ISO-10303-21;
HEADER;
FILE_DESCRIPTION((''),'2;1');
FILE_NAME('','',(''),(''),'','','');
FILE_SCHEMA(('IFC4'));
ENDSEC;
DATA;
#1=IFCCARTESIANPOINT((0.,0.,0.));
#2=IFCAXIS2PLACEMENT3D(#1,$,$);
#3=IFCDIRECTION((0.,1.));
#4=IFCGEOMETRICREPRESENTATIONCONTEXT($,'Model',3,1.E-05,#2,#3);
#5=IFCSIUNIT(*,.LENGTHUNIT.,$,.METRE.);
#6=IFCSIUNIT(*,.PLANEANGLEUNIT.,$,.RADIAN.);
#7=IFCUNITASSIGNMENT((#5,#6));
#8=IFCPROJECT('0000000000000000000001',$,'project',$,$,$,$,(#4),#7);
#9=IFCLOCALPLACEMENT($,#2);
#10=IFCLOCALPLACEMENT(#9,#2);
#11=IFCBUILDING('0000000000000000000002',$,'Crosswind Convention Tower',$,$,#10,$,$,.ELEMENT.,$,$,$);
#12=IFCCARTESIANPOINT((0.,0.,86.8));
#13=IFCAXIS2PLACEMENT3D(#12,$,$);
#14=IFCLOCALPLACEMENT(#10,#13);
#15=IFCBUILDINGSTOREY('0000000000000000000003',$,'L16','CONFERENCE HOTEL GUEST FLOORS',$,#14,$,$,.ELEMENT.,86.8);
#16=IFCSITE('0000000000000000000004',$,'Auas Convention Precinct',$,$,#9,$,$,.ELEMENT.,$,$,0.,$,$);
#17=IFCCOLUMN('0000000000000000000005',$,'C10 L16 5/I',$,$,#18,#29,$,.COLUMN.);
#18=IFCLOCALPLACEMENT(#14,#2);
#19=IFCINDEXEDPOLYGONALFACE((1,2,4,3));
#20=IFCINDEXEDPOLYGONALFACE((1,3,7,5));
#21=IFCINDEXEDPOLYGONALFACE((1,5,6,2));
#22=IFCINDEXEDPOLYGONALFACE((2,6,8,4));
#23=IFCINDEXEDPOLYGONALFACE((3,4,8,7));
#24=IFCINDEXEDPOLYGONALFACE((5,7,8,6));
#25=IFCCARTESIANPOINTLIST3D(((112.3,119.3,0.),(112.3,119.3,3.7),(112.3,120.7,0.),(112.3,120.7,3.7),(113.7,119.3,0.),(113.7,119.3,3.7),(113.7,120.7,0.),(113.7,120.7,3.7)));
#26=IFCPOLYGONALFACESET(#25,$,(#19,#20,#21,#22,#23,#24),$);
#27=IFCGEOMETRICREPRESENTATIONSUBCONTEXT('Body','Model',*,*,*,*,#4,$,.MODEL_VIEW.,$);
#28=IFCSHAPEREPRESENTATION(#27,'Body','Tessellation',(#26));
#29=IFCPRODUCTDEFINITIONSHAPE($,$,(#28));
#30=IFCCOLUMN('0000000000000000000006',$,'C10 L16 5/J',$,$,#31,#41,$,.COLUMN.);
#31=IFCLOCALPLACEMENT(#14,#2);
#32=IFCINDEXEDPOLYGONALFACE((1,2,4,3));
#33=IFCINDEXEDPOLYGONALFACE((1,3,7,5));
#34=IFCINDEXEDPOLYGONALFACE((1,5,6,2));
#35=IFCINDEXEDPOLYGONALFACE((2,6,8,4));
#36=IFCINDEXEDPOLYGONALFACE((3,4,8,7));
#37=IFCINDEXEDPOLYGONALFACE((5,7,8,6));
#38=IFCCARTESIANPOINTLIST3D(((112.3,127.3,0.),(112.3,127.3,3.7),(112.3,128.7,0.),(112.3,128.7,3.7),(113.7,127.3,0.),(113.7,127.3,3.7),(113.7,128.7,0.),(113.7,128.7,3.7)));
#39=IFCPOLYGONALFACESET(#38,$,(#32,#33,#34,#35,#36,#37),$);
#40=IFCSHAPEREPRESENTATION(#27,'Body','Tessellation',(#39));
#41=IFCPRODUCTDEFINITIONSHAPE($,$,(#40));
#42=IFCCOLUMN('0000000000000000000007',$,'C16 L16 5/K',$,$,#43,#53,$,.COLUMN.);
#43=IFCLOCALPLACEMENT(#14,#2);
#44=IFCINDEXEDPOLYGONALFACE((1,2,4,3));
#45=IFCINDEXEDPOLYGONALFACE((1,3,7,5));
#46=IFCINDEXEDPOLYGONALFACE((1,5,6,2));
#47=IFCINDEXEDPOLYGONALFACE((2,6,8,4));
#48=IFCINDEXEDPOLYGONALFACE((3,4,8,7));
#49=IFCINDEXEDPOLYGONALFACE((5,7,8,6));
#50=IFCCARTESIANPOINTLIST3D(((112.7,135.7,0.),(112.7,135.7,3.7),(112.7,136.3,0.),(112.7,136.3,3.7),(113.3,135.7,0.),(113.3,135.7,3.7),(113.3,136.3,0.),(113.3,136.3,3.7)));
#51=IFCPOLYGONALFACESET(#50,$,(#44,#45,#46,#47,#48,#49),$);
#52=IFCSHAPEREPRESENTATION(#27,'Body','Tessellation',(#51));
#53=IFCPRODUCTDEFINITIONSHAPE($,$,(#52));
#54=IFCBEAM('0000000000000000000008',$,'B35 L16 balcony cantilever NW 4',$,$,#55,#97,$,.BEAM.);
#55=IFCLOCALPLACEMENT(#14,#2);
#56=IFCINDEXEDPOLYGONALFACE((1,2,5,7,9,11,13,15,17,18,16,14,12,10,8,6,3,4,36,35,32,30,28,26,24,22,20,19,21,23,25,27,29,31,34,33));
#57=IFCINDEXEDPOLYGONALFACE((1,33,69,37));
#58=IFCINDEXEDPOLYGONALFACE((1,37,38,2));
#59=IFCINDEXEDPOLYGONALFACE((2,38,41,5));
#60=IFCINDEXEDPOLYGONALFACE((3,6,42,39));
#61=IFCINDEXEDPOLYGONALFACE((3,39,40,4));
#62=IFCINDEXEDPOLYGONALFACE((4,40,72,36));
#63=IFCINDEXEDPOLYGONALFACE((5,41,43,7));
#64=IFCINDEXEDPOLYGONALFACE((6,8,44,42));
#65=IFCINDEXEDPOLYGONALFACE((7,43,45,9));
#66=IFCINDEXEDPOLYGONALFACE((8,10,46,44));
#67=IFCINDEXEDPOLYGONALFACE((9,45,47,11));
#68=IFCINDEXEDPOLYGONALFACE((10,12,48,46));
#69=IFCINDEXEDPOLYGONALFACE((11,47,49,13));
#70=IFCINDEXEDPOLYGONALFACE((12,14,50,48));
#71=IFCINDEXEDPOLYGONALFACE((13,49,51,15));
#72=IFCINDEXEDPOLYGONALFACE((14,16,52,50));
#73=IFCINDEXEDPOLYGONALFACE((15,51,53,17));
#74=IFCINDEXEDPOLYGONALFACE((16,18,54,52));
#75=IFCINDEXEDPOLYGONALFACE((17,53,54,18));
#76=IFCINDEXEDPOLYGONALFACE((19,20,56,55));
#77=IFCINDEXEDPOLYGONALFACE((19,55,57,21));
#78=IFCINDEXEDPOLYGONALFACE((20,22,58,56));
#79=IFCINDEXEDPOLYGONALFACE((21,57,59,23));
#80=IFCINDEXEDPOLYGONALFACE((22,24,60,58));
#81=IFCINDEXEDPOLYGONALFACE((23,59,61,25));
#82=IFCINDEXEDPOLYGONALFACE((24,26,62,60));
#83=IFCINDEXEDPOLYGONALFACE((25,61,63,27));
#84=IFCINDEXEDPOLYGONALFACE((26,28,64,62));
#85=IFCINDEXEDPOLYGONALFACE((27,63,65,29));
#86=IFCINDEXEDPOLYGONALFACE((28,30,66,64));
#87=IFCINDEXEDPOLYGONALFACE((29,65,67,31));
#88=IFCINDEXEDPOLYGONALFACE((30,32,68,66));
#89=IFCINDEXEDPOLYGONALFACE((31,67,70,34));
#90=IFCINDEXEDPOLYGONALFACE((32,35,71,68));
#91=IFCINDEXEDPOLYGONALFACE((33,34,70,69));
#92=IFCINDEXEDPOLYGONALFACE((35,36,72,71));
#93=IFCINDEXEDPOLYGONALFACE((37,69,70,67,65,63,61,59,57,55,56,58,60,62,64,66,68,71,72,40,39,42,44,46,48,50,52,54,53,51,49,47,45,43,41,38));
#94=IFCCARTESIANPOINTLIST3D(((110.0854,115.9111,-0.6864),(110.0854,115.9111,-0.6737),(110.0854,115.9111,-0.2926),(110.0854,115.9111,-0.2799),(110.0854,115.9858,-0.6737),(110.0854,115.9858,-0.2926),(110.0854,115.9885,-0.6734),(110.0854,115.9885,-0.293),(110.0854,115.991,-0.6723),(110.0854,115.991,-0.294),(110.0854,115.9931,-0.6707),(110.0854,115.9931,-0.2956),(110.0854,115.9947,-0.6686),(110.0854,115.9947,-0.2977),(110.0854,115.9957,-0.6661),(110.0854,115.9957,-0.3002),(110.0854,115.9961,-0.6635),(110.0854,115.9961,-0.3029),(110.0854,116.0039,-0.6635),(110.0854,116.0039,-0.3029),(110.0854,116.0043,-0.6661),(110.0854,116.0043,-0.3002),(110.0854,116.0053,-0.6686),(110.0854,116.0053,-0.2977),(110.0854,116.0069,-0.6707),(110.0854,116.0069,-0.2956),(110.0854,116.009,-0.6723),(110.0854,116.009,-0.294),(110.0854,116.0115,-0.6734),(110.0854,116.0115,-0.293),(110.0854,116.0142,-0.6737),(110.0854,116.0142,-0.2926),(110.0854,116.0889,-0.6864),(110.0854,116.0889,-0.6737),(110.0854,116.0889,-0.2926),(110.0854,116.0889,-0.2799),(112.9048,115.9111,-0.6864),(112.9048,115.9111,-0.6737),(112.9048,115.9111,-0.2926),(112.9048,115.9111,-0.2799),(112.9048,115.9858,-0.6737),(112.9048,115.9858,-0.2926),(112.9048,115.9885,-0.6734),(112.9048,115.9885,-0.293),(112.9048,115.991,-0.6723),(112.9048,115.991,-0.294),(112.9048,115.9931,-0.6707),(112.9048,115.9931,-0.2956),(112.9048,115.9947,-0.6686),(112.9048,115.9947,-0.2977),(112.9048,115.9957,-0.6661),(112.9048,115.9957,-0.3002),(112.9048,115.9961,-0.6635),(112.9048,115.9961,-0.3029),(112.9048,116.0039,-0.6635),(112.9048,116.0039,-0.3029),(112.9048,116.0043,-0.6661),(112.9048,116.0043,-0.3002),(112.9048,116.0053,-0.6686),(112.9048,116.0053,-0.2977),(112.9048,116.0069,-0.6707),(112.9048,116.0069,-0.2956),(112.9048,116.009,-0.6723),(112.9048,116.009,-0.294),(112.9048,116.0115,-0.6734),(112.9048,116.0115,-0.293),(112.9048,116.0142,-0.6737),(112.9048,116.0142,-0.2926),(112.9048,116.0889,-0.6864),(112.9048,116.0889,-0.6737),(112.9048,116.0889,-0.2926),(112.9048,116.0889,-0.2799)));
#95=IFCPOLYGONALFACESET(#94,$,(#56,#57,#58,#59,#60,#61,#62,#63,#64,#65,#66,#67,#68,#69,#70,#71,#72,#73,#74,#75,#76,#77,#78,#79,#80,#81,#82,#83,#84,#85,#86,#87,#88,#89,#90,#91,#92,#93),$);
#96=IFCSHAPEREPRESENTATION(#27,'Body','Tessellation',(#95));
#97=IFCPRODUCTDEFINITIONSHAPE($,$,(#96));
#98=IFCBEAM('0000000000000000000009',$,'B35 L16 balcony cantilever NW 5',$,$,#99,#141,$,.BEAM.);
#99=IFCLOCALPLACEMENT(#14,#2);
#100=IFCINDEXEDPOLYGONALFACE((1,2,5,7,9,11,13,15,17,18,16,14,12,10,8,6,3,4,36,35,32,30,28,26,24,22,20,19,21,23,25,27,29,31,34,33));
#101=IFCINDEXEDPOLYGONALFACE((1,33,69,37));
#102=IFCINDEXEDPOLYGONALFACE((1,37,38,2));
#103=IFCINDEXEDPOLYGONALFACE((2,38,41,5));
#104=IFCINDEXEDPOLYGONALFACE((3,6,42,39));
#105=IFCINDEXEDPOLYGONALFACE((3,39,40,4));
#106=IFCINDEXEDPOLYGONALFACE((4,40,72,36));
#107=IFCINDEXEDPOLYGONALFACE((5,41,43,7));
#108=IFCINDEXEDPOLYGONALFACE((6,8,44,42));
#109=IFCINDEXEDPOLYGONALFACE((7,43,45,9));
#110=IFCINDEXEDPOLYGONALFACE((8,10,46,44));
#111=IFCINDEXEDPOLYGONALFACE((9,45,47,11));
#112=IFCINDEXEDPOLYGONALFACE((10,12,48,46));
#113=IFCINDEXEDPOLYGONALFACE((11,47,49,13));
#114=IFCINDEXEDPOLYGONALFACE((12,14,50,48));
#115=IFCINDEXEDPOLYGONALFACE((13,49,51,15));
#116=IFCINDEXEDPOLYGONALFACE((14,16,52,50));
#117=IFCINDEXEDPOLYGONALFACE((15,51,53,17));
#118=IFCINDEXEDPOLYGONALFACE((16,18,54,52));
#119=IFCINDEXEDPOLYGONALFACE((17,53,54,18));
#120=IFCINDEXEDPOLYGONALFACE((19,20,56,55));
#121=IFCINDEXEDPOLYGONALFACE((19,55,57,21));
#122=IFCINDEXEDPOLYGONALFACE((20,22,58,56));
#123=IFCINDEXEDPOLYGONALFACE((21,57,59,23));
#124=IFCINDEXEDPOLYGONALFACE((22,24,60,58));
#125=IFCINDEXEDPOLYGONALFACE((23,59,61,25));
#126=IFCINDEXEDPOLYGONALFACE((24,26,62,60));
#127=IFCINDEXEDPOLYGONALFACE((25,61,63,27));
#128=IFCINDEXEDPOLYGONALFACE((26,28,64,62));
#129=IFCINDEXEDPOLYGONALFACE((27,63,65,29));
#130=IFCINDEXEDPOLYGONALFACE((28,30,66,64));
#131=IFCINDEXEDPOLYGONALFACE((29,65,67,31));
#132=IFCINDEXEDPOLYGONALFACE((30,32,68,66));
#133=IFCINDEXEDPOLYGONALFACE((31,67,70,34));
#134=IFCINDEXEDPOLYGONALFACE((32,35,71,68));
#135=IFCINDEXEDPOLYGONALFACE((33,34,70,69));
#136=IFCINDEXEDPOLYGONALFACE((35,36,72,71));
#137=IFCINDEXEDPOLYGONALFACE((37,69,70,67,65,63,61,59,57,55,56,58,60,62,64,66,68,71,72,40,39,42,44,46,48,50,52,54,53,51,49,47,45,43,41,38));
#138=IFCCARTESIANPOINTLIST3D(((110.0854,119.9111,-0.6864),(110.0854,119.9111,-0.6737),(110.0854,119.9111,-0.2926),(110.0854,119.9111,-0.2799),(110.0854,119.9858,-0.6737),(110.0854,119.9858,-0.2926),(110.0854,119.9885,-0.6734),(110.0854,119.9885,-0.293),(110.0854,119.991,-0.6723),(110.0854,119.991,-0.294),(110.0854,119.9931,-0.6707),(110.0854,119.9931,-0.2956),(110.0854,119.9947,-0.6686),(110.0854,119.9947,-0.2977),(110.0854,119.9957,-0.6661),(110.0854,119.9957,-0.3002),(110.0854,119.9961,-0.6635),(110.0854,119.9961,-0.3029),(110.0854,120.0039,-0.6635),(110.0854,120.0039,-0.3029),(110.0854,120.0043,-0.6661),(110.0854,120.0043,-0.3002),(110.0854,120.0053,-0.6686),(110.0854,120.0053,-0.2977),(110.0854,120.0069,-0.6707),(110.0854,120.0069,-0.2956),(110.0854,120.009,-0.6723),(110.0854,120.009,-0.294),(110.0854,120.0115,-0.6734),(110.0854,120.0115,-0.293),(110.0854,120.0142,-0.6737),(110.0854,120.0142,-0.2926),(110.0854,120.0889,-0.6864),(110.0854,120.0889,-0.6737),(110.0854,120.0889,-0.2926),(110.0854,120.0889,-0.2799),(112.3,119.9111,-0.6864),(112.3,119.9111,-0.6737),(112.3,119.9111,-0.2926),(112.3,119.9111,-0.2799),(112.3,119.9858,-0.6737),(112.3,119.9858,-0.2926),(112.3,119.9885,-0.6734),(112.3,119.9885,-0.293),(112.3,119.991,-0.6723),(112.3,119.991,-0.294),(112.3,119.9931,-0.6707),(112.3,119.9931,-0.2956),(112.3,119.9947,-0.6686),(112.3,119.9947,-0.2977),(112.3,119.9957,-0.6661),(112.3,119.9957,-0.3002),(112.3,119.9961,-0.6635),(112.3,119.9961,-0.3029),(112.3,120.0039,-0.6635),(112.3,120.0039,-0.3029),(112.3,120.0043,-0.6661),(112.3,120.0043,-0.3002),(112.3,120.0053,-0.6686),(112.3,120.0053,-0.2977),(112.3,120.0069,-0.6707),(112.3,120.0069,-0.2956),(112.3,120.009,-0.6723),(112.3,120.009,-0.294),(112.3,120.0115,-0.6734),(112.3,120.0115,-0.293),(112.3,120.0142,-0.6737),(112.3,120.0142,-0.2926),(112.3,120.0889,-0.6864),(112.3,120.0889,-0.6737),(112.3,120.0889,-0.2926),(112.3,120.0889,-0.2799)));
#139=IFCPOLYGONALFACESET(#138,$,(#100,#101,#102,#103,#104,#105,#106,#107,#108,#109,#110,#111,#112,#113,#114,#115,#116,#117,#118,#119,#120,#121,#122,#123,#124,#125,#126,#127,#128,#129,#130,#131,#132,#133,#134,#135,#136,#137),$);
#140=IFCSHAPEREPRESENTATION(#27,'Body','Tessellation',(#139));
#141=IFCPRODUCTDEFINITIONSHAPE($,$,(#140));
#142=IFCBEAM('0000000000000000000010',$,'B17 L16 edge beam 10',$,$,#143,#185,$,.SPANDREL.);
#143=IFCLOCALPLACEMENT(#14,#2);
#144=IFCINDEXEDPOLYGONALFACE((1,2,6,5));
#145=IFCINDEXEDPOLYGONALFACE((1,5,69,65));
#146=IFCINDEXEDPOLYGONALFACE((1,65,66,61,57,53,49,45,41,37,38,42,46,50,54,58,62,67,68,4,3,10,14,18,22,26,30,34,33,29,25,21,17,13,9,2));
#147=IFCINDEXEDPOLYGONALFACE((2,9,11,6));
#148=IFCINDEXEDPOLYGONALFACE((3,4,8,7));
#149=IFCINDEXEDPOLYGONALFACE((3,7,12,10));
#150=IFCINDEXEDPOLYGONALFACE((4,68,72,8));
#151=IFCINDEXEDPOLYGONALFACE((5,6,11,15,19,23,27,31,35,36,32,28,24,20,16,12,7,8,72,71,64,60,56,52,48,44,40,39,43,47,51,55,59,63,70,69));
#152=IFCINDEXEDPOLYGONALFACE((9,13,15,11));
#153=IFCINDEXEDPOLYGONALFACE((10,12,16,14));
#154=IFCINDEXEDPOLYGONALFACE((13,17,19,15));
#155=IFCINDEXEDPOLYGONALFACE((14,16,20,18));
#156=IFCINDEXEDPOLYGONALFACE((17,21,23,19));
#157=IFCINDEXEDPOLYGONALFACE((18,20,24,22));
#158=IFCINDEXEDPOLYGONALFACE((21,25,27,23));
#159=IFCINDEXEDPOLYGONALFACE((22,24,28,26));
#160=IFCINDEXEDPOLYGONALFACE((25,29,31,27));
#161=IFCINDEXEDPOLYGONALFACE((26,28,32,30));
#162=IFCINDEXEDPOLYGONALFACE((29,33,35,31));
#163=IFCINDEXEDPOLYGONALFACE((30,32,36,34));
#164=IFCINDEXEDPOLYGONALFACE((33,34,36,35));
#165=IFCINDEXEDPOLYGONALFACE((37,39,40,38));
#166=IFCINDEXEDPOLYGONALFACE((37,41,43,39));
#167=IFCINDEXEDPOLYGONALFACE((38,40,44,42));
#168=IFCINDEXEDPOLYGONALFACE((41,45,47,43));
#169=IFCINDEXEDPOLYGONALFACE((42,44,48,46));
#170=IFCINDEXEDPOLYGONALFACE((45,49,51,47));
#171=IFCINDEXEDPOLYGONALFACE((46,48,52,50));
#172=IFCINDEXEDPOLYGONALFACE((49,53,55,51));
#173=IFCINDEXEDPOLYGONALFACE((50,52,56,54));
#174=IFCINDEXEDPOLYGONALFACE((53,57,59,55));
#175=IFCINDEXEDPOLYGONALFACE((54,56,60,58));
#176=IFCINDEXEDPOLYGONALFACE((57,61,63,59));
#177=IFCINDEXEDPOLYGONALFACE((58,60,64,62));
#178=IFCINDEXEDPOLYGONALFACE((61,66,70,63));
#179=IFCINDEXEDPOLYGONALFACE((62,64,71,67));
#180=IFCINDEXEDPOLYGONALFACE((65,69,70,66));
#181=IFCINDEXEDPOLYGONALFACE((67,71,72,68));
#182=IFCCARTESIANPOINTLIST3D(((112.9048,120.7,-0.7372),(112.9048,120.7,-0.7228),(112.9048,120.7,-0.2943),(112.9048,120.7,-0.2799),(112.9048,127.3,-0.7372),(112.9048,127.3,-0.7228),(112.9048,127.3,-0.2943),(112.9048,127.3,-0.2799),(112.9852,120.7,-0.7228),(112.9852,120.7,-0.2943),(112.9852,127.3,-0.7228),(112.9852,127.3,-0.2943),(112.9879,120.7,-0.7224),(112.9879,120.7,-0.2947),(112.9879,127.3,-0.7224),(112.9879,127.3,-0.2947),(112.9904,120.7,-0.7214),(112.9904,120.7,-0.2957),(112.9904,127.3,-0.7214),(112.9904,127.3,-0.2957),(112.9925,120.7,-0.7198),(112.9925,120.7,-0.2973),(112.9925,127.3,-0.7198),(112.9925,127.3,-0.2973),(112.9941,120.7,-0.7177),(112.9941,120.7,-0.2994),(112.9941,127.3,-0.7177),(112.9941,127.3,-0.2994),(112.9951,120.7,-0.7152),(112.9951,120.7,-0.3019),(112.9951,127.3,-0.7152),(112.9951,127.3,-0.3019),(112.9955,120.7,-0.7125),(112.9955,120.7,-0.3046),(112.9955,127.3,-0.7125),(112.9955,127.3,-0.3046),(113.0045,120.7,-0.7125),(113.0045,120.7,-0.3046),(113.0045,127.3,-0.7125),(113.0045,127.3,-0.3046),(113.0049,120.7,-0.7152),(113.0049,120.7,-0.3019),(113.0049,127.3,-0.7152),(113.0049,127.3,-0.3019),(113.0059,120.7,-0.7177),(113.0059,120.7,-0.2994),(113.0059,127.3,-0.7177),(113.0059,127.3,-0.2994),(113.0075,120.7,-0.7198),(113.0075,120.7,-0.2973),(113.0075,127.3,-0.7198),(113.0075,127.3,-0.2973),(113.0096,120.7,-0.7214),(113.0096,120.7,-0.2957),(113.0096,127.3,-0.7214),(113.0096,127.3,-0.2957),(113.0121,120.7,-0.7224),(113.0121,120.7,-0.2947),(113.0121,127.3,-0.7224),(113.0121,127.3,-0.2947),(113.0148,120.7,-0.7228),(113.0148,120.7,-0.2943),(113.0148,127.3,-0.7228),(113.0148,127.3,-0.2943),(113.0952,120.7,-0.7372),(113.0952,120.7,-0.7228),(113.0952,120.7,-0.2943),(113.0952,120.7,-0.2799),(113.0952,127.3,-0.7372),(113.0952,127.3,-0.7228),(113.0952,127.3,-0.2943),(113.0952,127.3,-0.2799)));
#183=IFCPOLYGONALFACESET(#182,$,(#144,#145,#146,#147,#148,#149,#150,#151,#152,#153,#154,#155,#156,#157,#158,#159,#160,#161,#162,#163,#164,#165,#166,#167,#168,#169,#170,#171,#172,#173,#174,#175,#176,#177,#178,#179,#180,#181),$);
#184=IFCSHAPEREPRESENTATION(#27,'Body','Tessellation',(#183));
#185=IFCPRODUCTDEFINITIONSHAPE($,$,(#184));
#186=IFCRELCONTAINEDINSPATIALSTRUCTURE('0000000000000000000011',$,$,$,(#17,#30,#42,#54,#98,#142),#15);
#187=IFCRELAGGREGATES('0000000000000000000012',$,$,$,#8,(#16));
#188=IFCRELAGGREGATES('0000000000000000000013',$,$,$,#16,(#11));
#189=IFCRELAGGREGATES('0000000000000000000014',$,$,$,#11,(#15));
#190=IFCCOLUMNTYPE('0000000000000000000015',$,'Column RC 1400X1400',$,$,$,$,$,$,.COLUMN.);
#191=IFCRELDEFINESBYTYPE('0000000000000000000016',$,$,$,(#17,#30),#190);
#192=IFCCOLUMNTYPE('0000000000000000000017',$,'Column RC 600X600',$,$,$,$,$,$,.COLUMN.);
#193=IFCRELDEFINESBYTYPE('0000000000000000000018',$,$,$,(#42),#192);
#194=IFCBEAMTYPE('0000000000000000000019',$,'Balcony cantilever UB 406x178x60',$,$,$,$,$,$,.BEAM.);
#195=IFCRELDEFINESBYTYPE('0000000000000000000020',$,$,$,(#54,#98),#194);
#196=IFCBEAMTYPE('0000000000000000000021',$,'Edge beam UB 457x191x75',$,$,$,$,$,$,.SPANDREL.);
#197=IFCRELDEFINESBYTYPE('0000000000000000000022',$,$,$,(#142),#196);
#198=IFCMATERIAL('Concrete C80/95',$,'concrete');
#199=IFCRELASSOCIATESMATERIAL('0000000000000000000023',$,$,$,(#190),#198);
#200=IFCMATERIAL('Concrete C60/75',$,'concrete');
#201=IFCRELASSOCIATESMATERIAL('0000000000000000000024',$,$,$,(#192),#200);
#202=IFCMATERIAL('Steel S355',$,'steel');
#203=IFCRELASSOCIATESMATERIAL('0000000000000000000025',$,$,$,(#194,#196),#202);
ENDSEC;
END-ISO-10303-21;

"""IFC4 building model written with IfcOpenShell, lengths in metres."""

from ifc_helpers import new_model, si_unit, direction, frame, origin, origin_2d, place, context, subcontext, project, spatial, rectangle, i_section, extrude, material, material_profile, profile_set, type_object, element, save


model = new_model("IFC4")

# Units and contexts
model_context = context("Model", 3, precision=1e-05, world=origin(), true_north=direction((0.0, 1.0)))
body_context = subcontext(model_context, "Body", "Model", "MODEL_VIEW")
ifc_project = project(units=[si_unit("LENGTHUNIT", "METRE"), si_unit("PLANEANGLEUNIT", "RADIAN")], contexts=[model_context])

# Site, building, storey
site_placement = place(None, origin())
site = spatial("IfcSite", under=ifc_project, at=site_placement, Name="Auas Convention Precinct", CompositionType="ELEMENT", RefElevation=0.0)
building_placement = place(site_placement, origin())
building = spatial("IfcBuilding", under=site, at=building_placement, Name="Crosswind Convention Tower", CompositionType="ELEMENT")
storey_placement = place(building_placement, frame((0.0, 0.0, 86.8)))
storey = spatial("IfcBuildingStorey", under=building, at=storey_placement, Name="L16", Description="CONFERENCE HOTEL GUEST FLOORS", CompositionType="ELEMENT", Elevation=86.8)

# Columns
ifc_material_1 = material(Name="Concrete C80/95", Category="concrete")
ifc_material_profile_1 = material_profile(ifc_material_1, rectangle(XDim=1.3999, YDim=1.3999, at=origin_2d()), Name="RC 1400X1400")
ifc_profile_set_1 = profile_set([ifc_material_profile_1], Name="Concrete C80/95")
column_type_1 = type_object("IfcColumnType", Name="Column RC 1400X1400", PredefinedType="COLUMN", material=ifc_profile_set_1)
for number, where, z_axis, x_axis, name in (
    (1, (113.0, 120.0, 0.0), (0.0, 0.0, 1.0), (1.0, 0.0, 0.0), "C10 L16 5/I"),
    (2, (113.0, 128.0, 0.0), (0.0, 0.0, 1.0), (1.0, 0.0, 0.0), "C10 L16 5/J"),
):
    element("IfcColumn", number, at=place(storey_placement, frame(where, z_axis=z_axis, x_axis=x_axis)), inside=storey, type_object=column_type_1, Name=name, PredefinedType="COLUMN", context=body_context, shape_type="SweptSolid", body=[
        extrude(rectangle(XDim=1.3999, YDim=1.3999, at=origin_2d()), origin(), (0.0, 0.0, 1.0), 3.7),
    ])
ifc_material_2 = material(Name="Concrete C60/75", Category="concrete")
ifc_material_profile_2 = material_profile(ifc_material_2, rectangle(XDim=0.6001, YDim=0.6001, at=origin_2d()), Name="RC 600X600")
ifc_profile_set_2 = profile_set([ifc_material_profile_2], Name="Concrete C60/75")
column_type_2 = type_object("IfcColumnType", Name="Column RC 600X600", PredefinedType="COLUMN", material=ifc_profile_set_2)
column_placement = place(storey_placement, frame((113.0, 136.0, 0.0), z_axis=(0.0, 0.0, 1.0), x_axis=(1.0, 0.0, 0.0)))
element("IfcColumn", 3, at=column_placement, inside=storey, type_object=column_type_2, Name="C16 L16 5/K", PredefinedType="COLUMN", context=body_context, shape_type="SweptSolid", body=[
    extrude(rectangle(XDim=0.6001, YDim=0.6001, at=origin_2d()), origin(), (0.0, 0.0, 1.0), 3.7),
])

# Beams
ifc_material_3 = material(Name="Steel S355", Category="steel")
ifc_material_profile_3 = material_profile(ifc_material_3, i_section(OverallWidth=0.1777, OverallDepth=0.4065, WebThickness=0.0078, FlangeThickness=0.0127, FilletRadius=0.0103, at=origin_2d()), Name="UB 406x178x60")
ifc_profile_set_3 = profile_set([ifc_material_profile_3], Name="Steel S355")
beam_type_1 = type_object("IfcBeamType", Name="Balcony cantilever UB 406x178x60", PredefinedType="BEAM", material=ifc_profile_set_3)
beam_1_placement = place(storey_placement, frame((112.9048, 116.0, -0.4832), z_axis=(-1.0, 0.0, 0.0), x_axis=(0.0, -1.0, 0.0)))
element("IfcBeam", 4, at=beam_1_placement, inside=storey, type_object=beam_type_1, Name="B35 L16 balcony cantilever NW 4", PredefinedType="BEAM", context=body_context, shape_type="SweptSolid", body=[
    extrude(i_section(OverallWidth=0.1777, OverallDepth=0.4065, WebThickness=0.0078, FlangeThickness=0.0127, FilletRadius=0.0103, at=origin_2d()), origin(), (0.0, 0.0, 1.0), 2.8193),
])
beam_2_placement = place(storey_placement, frame((112.3, 120.0, -0.4832), z_axis=(-1.0, 0.0, 0.0), x_axis=(0.0, -1.0, 0.0)))
element("IfcBeam", 5, at=beam_2_placement, inside=storey, type_object=beam_type_1, Name="B35 L16 balcony cantilever NW 5", PredefinedType="BEAM", context=body_context, shape_type="SweptSolid", body=[
    extrude(i_section(OverallWidth=0.1777, OverallDepth=0.4065, WebThickness=0.0078, FlangeThickness=0.0127, FilletRadius=0.0103, at=origin_2d()), origin(), (0.0, 0.0, 1.0), 2.2146),
])
ifc_material_profile_4 = material_profile(ifc_material_3, i_section(OverallWidth=0.1904, OverallDepth=0.4573, WebThickness=0.009, FlangeThickness=0.0144, FilletRadius=0.0103, at=origin_2d()), Name="UB 457x191x75")
ifc_profile_set_4 = profile_set([ifc_material_profile_4], Name="Steel S355")
beam_type_2 = type_object("IfcBeamType", Name="Edge beam UB 457x191x75", PredefinedType="SPANDREL", material=ifc_profile_set_4)
beam_3_placement = place(storey_placement, frame((113.0, 120.7, -0.5085), z_axis=(0.0, 1.0, 0.0), x_axis=(-1.0, 0.0, 0.0)))
element("IfcBeam", 6, at=beam_3_placement, inside=storey, type_object=beam_type_2, Name="B17 L16 edge beam 10", PredefinedType="SPANDREL", context=body_context, shape_type="SweptSolid", body=[
    extrude(i_section(OverallWidth=0.1904, OverallDepth=0.4573, WebThickness=0.009, FlangeThickness=0.0144, FilletRadius=0.0103, at=origin_2d()), origin(), (0.0, 0.0, 1.0), 6.6001),
])

save(model, "model.ifc")
